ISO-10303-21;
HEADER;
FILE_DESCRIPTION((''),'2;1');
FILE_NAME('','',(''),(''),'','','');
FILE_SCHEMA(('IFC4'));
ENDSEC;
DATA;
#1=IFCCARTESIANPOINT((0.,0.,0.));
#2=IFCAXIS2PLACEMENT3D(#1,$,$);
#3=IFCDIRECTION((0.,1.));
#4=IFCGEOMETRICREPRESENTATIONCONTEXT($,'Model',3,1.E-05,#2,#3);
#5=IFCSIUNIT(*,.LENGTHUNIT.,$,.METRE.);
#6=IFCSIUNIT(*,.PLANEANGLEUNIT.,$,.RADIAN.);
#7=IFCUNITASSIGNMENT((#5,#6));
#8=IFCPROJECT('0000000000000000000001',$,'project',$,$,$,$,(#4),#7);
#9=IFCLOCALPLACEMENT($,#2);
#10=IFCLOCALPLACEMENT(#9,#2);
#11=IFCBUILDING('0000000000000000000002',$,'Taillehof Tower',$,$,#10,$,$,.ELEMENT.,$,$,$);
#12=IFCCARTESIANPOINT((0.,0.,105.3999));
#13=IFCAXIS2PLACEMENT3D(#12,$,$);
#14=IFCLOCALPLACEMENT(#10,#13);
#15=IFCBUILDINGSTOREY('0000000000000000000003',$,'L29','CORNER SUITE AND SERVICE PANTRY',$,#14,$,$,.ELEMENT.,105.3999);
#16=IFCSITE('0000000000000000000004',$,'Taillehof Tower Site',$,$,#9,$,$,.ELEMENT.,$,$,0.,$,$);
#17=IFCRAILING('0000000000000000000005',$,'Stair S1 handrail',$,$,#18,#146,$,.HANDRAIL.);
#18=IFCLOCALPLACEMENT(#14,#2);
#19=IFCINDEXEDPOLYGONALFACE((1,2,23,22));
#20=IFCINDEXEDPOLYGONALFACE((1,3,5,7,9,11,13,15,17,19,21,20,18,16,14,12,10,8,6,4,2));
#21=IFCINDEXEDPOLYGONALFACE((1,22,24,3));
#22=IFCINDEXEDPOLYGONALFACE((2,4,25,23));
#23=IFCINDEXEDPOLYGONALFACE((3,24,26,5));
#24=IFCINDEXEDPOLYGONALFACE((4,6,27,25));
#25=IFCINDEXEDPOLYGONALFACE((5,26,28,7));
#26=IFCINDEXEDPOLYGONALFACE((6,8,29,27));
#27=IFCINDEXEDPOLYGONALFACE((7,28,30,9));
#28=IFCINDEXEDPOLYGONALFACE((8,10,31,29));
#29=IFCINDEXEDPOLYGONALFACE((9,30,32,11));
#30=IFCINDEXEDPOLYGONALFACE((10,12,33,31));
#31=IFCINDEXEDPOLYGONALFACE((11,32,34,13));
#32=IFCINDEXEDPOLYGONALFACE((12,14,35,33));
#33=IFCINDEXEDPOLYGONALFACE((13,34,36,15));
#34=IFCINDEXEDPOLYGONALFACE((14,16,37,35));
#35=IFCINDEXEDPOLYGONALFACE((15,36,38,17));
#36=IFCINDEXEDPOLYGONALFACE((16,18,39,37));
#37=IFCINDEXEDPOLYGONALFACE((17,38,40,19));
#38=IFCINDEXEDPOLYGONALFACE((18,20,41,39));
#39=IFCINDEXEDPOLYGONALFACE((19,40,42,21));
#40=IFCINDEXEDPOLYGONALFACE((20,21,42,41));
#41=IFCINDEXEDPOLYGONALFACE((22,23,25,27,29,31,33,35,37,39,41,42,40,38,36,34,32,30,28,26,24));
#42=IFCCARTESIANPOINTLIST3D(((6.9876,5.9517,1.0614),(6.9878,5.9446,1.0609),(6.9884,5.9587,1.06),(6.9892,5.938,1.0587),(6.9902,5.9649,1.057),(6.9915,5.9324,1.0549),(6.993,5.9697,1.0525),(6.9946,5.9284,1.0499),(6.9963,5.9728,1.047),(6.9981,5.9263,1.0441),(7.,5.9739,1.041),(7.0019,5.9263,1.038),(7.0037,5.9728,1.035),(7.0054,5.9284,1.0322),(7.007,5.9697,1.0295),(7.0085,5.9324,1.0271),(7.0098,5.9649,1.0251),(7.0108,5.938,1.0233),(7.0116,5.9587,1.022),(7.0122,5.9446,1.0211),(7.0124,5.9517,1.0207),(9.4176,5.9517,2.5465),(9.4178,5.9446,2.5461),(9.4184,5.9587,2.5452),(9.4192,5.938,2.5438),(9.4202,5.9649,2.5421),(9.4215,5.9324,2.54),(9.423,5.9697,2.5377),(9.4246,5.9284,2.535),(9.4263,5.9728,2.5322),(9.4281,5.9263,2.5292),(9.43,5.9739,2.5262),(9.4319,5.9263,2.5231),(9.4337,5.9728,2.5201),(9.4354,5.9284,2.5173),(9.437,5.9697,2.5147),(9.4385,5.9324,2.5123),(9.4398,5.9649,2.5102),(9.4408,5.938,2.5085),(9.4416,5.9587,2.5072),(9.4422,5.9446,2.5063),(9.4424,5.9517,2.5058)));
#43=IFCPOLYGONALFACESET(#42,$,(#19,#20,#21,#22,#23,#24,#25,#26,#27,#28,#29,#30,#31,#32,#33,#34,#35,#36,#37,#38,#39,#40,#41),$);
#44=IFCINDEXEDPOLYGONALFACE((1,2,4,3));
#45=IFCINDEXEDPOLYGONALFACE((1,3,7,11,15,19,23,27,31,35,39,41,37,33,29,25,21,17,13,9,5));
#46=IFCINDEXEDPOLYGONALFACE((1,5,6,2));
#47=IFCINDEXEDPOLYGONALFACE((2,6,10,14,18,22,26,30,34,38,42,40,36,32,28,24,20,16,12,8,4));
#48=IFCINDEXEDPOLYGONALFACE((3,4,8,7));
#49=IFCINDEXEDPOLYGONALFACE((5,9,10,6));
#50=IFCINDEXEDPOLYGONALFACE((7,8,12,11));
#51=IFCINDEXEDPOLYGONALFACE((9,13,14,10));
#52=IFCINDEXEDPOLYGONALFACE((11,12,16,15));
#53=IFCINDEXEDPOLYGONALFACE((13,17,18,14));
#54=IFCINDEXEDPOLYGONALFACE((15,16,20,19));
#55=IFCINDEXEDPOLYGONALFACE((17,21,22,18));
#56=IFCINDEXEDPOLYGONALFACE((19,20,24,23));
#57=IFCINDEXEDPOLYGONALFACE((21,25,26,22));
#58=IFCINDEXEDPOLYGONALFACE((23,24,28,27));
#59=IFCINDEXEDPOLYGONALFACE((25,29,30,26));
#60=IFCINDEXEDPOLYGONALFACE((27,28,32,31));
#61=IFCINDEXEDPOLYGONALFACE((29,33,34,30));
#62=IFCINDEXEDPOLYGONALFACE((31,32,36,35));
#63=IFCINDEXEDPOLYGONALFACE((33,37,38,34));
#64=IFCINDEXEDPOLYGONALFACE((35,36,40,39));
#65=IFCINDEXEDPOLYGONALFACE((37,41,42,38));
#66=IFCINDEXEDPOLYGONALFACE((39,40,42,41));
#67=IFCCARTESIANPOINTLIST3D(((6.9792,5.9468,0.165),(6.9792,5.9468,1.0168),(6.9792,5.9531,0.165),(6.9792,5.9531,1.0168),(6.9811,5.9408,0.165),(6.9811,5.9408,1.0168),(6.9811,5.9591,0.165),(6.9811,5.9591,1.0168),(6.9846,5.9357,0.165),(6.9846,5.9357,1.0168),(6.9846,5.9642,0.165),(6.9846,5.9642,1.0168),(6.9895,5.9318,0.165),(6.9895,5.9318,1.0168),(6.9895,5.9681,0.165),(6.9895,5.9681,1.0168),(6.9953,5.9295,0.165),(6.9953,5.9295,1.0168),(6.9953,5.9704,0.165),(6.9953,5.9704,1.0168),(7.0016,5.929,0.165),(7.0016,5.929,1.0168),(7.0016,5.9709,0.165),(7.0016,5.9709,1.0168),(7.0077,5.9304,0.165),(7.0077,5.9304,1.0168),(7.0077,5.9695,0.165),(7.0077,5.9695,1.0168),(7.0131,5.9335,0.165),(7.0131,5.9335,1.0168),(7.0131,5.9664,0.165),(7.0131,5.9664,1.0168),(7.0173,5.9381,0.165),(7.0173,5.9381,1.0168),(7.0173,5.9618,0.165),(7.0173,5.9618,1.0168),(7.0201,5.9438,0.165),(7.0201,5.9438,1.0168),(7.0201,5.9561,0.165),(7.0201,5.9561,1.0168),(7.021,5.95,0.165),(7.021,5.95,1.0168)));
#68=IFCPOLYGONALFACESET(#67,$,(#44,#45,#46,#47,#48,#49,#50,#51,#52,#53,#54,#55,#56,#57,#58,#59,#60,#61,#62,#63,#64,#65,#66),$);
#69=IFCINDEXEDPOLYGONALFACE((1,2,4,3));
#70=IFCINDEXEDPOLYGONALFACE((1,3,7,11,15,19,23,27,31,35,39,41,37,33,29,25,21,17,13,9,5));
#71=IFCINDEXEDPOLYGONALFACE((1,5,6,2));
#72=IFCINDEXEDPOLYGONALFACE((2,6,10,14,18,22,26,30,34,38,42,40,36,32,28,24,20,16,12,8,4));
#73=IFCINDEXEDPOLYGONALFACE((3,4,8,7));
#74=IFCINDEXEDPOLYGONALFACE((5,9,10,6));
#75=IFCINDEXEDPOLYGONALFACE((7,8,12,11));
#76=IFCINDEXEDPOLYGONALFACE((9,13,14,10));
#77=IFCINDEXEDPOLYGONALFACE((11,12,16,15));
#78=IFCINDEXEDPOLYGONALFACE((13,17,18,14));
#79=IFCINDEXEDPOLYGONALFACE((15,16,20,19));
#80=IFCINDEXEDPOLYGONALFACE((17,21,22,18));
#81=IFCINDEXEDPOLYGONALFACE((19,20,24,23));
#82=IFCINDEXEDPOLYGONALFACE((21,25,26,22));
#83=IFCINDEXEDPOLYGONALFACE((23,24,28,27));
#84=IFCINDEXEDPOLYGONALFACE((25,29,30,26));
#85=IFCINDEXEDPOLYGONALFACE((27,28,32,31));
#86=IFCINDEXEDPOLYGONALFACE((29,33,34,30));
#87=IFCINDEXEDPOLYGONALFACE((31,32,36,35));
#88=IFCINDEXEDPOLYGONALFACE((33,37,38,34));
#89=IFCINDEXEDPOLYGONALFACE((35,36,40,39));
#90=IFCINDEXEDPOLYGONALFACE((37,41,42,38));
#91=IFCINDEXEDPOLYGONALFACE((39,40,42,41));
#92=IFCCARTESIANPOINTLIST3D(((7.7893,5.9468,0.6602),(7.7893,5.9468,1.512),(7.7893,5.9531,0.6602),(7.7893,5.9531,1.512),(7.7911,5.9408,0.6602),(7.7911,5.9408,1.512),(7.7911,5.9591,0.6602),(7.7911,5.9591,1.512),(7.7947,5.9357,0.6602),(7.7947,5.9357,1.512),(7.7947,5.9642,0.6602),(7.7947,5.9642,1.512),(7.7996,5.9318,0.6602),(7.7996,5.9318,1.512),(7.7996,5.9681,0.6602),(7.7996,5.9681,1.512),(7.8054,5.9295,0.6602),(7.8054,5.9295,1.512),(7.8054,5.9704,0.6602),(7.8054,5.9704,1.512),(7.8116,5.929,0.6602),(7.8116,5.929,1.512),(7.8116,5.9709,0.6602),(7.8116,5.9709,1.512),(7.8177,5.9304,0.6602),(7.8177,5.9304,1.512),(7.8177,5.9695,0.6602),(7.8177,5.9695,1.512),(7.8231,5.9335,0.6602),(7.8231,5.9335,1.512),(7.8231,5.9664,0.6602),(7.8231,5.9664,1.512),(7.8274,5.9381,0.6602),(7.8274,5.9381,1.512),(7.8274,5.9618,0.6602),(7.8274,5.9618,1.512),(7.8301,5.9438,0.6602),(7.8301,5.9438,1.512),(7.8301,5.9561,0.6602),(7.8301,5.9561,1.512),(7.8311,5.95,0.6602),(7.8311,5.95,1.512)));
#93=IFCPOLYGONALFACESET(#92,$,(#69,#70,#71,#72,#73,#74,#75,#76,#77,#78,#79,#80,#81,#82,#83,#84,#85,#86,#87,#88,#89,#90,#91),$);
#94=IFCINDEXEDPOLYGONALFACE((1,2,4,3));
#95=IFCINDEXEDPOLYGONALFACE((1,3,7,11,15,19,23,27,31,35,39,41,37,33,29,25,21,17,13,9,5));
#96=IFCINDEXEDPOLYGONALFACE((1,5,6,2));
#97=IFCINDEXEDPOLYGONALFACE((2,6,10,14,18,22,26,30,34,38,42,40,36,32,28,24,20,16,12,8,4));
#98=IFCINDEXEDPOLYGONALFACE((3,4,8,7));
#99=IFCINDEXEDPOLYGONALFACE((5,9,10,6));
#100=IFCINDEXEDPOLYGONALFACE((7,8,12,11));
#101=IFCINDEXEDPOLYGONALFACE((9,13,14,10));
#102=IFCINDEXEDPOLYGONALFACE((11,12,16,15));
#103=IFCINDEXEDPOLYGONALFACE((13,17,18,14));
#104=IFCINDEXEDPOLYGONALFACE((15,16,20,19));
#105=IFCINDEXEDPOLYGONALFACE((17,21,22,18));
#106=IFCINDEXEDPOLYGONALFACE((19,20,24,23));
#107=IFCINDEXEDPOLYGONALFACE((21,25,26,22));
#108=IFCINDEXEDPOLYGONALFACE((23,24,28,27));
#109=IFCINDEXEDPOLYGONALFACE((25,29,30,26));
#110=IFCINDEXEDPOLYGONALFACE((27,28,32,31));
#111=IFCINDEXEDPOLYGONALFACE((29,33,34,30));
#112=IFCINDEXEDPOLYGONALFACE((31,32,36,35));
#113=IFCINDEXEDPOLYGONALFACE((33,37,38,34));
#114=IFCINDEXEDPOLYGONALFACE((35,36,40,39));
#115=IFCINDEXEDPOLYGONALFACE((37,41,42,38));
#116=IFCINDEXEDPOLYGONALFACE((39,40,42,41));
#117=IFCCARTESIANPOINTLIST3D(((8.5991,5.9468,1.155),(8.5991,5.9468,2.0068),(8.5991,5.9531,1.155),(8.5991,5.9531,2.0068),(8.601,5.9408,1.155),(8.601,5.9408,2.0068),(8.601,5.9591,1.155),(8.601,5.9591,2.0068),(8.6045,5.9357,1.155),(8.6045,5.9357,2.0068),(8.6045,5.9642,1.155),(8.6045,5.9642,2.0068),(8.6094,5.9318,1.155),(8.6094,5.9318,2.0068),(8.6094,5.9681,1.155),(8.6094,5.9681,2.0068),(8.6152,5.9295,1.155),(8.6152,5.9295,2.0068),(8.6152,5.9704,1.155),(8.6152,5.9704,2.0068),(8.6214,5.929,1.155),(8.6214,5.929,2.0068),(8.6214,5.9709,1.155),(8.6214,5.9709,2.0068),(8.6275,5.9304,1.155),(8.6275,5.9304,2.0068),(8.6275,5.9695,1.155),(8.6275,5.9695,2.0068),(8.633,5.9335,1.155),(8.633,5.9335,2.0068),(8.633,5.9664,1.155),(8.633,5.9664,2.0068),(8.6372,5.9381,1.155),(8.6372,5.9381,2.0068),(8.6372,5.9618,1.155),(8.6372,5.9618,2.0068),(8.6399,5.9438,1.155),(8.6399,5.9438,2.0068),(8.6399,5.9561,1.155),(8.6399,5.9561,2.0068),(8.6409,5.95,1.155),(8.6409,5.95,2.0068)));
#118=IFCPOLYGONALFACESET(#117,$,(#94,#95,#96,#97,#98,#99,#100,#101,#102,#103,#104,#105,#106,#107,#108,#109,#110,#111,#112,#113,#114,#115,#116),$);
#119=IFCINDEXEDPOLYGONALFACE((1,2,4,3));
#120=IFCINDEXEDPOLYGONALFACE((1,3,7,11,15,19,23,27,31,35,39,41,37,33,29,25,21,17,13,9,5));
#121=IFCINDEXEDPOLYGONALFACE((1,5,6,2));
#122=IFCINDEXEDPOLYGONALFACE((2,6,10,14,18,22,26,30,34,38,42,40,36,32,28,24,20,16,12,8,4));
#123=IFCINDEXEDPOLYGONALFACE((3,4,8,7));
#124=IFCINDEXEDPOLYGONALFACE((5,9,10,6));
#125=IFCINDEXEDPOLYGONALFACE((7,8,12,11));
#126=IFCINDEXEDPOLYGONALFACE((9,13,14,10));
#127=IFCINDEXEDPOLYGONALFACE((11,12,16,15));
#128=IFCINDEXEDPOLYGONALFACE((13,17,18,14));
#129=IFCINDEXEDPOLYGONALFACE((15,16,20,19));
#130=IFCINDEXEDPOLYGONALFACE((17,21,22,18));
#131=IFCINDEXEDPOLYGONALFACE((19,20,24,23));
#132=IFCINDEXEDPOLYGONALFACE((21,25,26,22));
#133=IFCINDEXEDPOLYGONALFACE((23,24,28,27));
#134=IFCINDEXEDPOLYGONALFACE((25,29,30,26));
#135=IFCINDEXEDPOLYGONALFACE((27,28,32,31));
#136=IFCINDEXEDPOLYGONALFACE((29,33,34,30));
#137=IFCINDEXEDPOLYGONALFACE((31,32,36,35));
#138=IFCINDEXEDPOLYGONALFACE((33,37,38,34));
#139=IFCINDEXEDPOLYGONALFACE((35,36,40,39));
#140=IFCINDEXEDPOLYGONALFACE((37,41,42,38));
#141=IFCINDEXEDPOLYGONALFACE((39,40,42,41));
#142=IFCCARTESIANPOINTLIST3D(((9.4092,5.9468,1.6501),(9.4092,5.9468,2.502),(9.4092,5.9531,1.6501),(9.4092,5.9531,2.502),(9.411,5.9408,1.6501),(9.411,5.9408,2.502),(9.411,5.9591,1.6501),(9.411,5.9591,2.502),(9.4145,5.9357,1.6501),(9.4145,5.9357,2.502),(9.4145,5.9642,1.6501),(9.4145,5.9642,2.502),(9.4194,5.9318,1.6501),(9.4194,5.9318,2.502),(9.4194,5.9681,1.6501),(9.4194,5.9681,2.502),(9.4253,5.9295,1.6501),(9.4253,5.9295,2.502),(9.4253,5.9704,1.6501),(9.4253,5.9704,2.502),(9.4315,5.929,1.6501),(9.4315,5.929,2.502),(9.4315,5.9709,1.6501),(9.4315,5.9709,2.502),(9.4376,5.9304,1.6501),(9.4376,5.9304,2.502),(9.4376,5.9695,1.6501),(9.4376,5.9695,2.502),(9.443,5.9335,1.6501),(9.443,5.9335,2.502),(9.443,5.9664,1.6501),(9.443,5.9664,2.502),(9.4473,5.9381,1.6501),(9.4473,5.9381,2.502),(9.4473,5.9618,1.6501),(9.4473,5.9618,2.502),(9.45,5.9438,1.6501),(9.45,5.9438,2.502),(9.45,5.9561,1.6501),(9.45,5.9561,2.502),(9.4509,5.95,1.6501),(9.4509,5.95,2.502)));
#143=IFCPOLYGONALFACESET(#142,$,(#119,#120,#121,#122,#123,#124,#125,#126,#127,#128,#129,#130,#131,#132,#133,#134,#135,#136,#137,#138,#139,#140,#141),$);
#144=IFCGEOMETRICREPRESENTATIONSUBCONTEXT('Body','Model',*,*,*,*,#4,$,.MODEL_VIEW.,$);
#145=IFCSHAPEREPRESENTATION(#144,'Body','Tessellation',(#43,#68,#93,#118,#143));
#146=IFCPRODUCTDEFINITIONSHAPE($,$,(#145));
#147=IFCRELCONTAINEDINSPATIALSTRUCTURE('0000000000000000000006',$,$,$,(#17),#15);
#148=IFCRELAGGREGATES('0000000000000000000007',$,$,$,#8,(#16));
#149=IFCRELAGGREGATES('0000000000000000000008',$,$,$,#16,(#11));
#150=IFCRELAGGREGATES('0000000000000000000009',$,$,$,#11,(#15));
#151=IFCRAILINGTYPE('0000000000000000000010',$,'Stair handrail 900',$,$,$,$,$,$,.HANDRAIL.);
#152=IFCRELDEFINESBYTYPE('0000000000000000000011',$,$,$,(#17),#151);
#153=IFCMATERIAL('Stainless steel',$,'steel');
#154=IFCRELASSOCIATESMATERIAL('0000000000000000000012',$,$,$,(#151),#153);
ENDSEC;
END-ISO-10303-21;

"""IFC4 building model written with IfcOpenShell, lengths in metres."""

from ifc_helpers import new_model, si_unit, direction, frame, origin, origin_2d, place, context, subcontext, project, spatial, circle, extrude, material, type_object, element, save


model = new_model("IFC4")

# Units and contexts
model_context = context("Model", 3, precision=1e-05, world=origin(), true_north=direction((0.0, 1.0)))
body_context = subcontext(model_context, "Body", "Model", "MODEL_VIEW")
ifc_project = project(units=[si_unit("LENGTHUNIT", "METRE"), si_unit("PLANEANGLEUNIT", "RADIAN")], contexts=[model_context])

# Site, building, storey
site_placement = place(None, origin())
site = spatial("IfcSite", under=ifc_project, at=site_placement, Name="Taillehof Tower Site", CompositionType="ELEMENT", RefElevation=0.0)
building_placement = place(site_placement, origin())
building = spatial("IfcBuilding", under=site, at=building_placement, Name="Taillehof Tower", CompositionType="ELEMENT")
storey_placement = place(building_placement, frame((0.0, 0.0, 105.3999)))
storey = spatial("IfcBuildingStorey", under=building, at=storey_placement, Name="L29", Description="CORNER SUITE AND SERVICE PANTRY", CompositionType="ELEMENT", Elevation=105.3999)

# Railing
ifc_material_1 = material(Name="Stainless steel", Category="steel")
railing_type = type_object("IfcRailingType", Name="Stair handrail 900", PredefinedType="HANDRAIL", material=ifc_material_1)
railing_placement = place(storey_placement, frame((7.0, 5.95, 0.165)))
element("IfcRailing", 1, at=railing_placement, inside=storey, type_object=railing_type, Name="Stair S1 handrail", PredefinedType="HANDRAIL", context=body_context, shape_type="SweptSolid", body=[
    extrude(circle(Radius=0.0239, at=origin_2d()), frame((0.0, 0.0, 0.876), z_axis=(0.853259, 0.0, 0.521488), x_axis=(0.0, 1.0, 0.0)), (0.0, 0.0, 1.0), 2.8479),
    extrude(circle(Radius=0.021, at=origin_2d()), origin(), (0.0, 0.0, 1.0), 0.8518),
    extrude(circle(Radius=0.021, at=origin_2d()), frame((0.8101, 0.0, 0.4951)), (0.0, 0.0, 1.0), 0.8518),
    extrude(circle(Radius=0.021, at=origin_2d()), frame((1.6199, 0.0, 0.99)), (0.0, 0.0, 1.0), 0.8518),
    extrude(circle(Radius=0.021, at=origin_2d()), frame((2.4299, 0.0, 1.4851)), (0.0, 0.0, 1.0), 0.8518),
])

save(model, "model.ifc")
